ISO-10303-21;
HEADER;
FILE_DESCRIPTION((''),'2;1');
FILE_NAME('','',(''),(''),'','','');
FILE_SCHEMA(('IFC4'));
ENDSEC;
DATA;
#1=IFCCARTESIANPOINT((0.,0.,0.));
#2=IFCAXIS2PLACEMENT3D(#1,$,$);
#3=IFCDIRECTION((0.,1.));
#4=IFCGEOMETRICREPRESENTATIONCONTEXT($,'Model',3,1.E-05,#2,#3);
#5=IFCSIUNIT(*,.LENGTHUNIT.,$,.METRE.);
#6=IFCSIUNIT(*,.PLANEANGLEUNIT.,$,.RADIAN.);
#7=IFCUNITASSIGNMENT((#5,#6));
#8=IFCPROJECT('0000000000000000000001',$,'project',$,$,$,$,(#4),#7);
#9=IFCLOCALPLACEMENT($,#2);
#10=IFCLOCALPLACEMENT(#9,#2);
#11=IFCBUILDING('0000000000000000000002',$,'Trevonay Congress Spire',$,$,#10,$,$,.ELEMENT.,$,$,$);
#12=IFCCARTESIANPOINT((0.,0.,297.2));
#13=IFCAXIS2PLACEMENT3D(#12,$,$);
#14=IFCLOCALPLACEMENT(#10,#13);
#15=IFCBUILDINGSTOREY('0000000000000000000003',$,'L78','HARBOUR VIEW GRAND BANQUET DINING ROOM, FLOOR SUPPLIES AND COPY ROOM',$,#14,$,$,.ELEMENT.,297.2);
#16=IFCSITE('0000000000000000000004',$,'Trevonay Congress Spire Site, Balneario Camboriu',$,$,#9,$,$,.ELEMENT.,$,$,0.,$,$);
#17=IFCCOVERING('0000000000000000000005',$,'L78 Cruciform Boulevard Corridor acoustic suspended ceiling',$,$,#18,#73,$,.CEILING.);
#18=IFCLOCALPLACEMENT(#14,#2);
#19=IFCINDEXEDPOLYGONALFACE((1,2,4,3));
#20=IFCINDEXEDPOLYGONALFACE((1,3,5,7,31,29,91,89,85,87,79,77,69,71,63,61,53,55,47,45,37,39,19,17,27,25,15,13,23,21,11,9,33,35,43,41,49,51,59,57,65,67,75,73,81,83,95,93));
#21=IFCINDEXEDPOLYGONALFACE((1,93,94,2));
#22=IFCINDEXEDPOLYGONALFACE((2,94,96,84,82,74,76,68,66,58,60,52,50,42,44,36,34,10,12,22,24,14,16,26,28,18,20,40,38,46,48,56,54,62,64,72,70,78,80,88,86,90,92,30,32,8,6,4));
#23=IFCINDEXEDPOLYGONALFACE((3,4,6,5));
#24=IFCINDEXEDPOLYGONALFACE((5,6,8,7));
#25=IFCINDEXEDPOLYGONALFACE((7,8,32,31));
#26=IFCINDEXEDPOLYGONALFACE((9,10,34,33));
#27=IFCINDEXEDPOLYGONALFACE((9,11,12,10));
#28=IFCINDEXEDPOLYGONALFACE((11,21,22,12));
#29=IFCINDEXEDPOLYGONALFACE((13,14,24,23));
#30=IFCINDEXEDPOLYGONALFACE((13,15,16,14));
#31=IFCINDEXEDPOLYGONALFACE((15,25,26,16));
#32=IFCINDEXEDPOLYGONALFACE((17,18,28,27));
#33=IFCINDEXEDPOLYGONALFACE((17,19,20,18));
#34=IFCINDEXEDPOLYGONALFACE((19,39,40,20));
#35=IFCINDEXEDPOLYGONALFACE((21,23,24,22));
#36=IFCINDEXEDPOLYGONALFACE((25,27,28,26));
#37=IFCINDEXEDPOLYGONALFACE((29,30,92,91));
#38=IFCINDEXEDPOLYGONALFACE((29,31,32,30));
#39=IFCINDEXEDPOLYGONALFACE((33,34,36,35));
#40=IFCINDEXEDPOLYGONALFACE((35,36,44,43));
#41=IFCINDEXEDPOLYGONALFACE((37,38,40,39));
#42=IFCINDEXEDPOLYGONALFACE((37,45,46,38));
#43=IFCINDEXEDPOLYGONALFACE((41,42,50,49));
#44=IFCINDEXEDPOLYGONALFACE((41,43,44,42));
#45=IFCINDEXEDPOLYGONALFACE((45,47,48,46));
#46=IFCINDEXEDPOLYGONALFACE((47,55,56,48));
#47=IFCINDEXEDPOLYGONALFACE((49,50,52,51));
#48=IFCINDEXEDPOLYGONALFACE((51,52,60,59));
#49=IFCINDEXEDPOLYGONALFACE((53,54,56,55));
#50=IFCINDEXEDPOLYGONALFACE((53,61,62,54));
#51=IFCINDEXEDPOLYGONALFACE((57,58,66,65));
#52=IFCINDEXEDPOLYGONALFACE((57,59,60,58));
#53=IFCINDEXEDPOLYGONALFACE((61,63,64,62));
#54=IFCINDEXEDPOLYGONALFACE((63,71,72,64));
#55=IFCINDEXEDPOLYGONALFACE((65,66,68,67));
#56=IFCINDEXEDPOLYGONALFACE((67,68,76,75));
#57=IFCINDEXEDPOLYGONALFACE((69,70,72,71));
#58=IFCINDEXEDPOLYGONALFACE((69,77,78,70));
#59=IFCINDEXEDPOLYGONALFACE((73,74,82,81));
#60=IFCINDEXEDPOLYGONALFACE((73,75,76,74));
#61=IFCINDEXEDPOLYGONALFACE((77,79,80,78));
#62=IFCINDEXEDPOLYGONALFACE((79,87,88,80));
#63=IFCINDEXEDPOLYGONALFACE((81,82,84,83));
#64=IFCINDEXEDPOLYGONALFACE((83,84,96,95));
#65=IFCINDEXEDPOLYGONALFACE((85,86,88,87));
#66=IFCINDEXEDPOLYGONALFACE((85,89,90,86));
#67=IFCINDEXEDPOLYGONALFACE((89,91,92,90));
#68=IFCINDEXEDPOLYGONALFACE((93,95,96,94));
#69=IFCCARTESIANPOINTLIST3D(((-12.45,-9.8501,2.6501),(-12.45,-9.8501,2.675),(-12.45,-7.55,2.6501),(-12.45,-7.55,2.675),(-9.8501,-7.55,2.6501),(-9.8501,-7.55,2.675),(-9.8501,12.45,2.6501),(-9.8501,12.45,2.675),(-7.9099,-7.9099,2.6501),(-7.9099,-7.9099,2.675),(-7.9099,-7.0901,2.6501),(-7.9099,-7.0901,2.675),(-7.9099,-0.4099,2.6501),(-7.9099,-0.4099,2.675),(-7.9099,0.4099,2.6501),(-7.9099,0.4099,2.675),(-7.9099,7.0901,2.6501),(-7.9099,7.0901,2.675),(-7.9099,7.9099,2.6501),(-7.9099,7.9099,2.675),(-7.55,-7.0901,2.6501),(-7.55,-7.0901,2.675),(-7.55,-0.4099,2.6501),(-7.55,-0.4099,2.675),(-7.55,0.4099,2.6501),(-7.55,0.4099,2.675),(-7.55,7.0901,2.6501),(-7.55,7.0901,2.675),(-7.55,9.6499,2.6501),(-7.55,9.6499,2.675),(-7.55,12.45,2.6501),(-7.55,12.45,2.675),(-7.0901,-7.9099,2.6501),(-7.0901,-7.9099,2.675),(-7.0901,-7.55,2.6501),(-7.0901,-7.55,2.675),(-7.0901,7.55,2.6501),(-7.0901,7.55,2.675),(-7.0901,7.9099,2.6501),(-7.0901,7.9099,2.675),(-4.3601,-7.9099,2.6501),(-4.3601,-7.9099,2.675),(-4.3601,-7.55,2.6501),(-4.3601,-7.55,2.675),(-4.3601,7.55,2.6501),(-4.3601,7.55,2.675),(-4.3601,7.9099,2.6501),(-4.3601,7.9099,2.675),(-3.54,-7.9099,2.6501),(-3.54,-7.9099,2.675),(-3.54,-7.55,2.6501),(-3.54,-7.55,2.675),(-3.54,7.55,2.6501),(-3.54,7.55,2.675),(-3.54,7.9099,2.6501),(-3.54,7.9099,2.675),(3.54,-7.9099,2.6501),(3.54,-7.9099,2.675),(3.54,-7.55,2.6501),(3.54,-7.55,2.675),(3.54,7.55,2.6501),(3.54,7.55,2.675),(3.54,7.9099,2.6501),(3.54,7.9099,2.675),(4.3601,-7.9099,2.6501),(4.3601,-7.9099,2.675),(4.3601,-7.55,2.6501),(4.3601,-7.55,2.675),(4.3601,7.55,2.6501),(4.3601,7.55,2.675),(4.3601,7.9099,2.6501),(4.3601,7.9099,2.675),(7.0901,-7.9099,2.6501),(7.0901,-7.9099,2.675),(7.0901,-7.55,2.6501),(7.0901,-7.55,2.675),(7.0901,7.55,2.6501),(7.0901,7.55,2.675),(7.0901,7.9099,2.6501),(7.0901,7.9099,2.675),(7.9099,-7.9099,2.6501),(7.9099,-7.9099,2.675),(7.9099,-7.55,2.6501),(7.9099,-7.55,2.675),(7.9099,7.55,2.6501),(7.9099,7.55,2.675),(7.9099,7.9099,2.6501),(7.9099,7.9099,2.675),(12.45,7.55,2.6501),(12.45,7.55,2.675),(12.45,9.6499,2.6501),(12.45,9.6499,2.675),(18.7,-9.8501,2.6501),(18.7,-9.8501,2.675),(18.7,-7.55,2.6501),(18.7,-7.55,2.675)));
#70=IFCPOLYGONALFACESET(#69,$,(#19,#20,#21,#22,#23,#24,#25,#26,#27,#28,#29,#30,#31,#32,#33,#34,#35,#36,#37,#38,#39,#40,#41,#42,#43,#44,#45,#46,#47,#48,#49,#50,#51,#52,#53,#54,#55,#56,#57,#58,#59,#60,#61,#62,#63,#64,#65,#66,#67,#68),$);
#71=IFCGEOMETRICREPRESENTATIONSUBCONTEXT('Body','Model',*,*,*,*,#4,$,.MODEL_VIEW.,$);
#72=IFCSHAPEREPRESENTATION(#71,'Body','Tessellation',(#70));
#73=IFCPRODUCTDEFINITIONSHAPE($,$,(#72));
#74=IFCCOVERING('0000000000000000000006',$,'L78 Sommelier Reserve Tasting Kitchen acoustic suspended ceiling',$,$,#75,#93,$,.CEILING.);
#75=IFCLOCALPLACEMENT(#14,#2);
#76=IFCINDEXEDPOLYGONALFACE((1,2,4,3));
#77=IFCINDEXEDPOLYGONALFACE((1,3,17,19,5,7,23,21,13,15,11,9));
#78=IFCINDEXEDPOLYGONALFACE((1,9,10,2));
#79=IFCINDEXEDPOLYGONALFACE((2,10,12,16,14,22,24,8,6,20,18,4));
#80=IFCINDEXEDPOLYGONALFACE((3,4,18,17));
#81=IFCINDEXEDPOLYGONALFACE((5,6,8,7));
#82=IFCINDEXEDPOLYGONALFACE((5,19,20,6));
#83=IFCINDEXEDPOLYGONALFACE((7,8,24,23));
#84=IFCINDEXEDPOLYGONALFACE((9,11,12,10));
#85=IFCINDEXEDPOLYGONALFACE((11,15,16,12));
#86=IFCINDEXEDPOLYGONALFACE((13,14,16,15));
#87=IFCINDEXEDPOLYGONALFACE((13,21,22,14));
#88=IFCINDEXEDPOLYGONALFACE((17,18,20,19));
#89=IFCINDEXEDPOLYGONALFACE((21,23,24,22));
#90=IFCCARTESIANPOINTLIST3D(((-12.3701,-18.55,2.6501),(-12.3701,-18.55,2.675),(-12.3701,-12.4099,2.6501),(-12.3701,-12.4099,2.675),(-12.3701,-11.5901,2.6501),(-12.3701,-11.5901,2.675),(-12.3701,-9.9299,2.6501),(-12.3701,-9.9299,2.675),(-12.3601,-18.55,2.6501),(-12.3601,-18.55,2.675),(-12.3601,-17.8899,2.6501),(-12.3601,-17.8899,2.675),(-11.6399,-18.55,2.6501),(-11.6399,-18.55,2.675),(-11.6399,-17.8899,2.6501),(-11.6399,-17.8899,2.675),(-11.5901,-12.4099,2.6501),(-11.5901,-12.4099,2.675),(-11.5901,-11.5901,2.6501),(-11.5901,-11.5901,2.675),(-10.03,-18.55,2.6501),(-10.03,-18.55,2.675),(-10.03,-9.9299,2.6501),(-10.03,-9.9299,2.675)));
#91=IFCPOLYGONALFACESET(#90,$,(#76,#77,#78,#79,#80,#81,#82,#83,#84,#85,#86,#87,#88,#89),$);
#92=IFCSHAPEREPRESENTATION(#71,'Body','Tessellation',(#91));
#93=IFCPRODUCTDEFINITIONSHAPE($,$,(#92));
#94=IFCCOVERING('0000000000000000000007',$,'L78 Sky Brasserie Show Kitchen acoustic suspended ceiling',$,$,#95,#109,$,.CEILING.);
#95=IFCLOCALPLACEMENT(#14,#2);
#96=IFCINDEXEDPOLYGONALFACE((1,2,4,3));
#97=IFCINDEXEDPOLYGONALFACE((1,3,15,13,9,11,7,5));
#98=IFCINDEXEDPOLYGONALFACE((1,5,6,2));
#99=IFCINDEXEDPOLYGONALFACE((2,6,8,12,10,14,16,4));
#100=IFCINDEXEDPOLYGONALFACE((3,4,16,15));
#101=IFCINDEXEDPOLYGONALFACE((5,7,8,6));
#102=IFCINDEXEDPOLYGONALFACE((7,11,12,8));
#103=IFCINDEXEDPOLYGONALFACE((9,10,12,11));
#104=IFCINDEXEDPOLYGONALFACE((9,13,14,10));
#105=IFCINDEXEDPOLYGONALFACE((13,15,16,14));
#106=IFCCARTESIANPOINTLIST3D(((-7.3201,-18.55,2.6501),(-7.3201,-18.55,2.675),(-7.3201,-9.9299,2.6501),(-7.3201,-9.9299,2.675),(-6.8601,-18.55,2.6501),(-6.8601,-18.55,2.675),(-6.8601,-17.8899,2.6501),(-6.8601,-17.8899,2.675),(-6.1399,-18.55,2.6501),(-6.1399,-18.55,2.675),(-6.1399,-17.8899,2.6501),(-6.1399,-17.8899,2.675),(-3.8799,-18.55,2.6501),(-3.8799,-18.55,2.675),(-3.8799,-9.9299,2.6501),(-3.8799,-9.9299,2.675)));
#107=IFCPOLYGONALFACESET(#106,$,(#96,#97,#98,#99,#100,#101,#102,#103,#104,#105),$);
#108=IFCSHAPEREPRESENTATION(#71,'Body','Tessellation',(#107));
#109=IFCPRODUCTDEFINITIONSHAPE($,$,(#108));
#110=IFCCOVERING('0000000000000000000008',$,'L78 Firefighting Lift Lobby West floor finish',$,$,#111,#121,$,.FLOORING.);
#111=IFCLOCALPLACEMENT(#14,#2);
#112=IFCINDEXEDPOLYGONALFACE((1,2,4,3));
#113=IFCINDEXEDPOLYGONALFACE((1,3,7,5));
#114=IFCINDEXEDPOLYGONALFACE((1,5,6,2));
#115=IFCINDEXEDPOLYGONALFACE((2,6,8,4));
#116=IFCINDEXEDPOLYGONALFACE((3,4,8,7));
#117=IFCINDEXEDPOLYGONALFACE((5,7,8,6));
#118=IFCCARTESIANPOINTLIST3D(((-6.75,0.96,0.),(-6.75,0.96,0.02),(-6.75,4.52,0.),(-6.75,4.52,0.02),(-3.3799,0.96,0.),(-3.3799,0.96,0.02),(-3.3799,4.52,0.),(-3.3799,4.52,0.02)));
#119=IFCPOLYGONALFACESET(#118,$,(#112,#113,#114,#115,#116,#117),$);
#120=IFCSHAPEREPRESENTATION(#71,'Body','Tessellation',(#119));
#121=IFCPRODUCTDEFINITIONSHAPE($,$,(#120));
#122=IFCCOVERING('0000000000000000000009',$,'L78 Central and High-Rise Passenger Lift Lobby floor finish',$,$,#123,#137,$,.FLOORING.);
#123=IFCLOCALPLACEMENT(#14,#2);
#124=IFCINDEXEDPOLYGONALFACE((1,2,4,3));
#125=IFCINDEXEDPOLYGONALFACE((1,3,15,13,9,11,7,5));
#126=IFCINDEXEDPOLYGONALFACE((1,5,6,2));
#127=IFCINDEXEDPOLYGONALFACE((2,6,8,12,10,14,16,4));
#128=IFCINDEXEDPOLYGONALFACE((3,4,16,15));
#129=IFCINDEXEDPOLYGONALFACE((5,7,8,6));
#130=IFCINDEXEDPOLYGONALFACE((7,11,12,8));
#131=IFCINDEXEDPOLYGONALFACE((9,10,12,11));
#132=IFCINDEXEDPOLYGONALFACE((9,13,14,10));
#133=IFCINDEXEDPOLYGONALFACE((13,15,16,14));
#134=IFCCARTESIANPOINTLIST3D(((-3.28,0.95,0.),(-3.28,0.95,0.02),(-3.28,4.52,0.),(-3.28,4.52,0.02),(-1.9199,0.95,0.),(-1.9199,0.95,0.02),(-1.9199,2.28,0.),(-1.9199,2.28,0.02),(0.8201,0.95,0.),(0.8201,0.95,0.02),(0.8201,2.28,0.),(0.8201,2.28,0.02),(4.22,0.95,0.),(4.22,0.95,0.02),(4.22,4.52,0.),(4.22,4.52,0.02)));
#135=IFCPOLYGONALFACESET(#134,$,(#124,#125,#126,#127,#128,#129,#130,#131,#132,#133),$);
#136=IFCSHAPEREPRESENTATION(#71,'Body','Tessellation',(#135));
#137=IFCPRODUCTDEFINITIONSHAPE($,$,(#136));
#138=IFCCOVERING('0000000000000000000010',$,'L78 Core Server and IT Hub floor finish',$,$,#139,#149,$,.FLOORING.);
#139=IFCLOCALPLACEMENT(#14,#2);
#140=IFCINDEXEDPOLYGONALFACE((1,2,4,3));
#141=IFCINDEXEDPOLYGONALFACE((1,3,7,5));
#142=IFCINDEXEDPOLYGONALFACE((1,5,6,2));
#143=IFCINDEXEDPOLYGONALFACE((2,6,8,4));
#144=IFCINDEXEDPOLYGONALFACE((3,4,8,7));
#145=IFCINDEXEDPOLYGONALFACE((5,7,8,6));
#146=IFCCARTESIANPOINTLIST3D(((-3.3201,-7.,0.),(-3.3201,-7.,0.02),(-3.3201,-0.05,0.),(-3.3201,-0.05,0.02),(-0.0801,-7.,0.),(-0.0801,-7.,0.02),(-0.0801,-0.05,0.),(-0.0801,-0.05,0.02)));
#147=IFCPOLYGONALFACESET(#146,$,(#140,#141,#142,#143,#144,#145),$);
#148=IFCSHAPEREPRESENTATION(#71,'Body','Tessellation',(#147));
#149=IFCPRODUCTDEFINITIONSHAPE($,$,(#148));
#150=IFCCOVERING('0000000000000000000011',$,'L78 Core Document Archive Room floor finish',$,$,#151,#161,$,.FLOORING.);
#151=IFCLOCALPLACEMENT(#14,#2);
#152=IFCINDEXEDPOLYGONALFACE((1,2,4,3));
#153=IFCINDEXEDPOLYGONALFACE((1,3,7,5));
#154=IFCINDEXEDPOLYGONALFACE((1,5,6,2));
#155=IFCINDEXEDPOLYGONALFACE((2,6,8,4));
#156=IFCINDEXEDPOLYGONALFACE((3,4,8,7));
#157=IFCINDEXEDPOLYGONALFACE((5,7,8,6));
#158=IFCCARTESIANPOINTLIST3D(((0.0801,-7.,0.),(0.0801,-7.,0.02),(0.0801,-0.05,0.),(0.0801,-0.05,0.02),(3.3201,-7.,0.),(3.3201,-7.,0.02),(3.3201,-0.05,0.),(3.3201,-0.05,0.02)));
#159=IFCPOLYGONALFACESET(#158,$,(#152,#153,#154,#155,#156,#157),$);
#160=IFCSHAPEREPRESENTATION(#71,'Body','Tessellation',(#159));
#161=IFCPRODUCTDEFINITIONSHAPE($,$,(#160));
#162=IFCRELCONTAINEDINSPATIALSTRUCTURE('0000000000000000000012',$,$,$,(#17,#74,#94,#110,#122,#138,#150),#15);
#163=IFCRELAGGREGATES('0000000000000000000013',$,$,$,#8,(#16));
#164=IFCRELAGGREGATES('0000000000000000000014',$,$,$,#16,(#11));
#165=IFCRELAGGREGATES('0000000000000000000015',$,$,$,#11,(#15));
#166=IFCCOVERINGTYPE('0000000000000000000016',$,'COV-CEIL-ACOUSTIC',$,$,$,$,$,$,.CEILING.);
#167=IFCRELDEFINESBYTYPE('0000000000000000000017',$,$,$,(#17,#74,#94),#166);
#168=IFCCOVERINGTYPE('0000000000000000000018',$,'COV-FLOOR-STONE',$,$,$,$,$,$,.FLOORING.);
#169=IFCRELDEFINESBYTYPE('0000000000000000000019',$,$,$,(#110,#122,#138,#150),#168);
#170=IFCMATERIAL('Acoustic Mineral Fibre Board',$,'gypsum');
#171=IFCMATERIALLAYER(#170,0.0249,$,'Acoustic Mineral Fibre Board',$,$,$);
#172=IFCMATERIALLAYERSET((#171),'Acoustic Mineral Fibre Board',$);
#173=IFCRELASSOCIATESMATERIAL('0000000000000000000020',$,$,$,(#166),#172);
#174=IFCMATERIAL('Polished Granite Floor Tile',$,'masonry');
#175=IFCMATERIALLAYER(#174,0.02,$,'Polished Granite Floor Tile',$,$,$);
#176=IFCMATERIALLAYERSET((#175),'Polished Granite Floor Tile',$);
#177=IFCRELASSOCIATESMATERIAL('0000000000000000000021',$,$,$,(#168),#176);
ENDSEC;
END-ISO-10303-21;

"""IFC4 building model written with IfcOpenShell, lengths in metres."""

from ifc_helpers import new_model, si_unit, direction, frame, origin, place, context, subcontext, project, spatial, polyline, outline, extrude, material, layer, layer_set, type_object, element, save


model = new_model("IFC4")

# Units and contexts
model_context = context("Model", 3, precision=1e-05, world=origin(), true_north=direction((0.0, 1.0)))
body_context = subcontext(model_context, "Body", "Model", "MODEL_VIEW")
ifc_project = project(units=[si_unit("LENGTHUNIT", "METRE"), si_unit("PLANEANGLEUNIT", "RADIAN")], contexts=[model_context])

# Site, building, storey
site_placement = place(None, origin())
site = spatial("IfcSite", under=ifc_project, at=site_placement, Name="Trevonay Congress Spire Site, Balneario Camboriu", CompositionType="ELEMENT", RefElevation=0.0)
building_placement = place(site_placement, origin())
building = spatial("IfcBuilding", under=site, at=building_placement, Name="Trevonay Congress Spire", CompositionType="ELEMENT")
storey_placement = place(building_placement, frame((0.0, 0.0, 297.2)))
storey = spatial("IfcBuildingStorey", under=building, at=storey_placement, Name="L78", Description="HARBOUR VIEW GRAND BANQUET DINING ROOM, FLOOR SUPPLIES AND COPY ROOM", CompositionType="ELEMENT", Elevation=297.2)

# Coverings
ifc_material_1 = material(Name="Acoustic Mineral Fibre Board", Category="gypsum")
ifc_layer_1 = layer(ifc_material_1, 0.0249, Name="Acoustic Mineral Fibre Board")
ifc_layer_set_1 = layer_set([ifc_layer_1], Name="Acoustic Mineral Fibre Board")
covering_type_1 = type_object("IfcCoveringType", Name="COV-CEIL-ACOUSTIC", PredefinedType="CEILING", material=ifc_layer_set_1)
covering_1_placement = place(storey_placement, frame((0.0, 0.0, 2.6501)))
element("IfcCovering", 1, at=covering_1_placement, inside=storey, type_object=covering_type_1, Name="L78 Cruciform Boulevard Corridor acoustic suspended ceiling", PredefinedType="CEILING", context=body_context, shape_type="SweptSolid", body=[
    extrude(outline(polyline([(18.7, -7.55), (18.7, -9.8501), (-12.45, -9.8501), (-12.45, -7.55), (-9.8501, -7.55), (-9.8501, 12.45), (-7.55, 12.45), (-7.55, 9.6499), (12.45, 9.6499), (12.45, 7.55), (7.9099, 7.55), (7.9099, 7.9099), (7.0901, 7.9099), (7.0901, 7.55), (4.3601, 7.55), (4.3601, 7.9099), (3.54, 7.9099), (3.54, 7.55), (-3.54, 7.55), (-3.54, 7.9099), (-4.3601, 7.9099), (-4.3601, 7.55), (-7.0901, 7.55), (-7.0901, 7.9099), (-7.9099, 7.9099), (-7.9099, 7.0901), (-7.55, 7.0901), (-7.55, 0.4099), (-7.9099, 0.4099), (-7.9099, -0.4099), (-7.55, -0.4099), (-7.55, -7.0901), (-7.9099, -7.0901), (-7.9099, -7.9099), (-7.0901, -7.9099), (-7.0901, -7.55), (-4.3601, -7.55), (-4.3601, -7.9099), (-3.54, -7.9099), (-3.54, -7.55), (3.54, -7.55), (3.54, -7.9099), (4.3601, -7.9099), (4.3601, -7.55), (7.0901, -7.55), (7.0901, -7.9099), (7.9099, -7.9099), (7.9099, -7.55), (18.7, -7.55)])), origin(), (0.0, 0.0, 1.0), 0.0249),
])
covering_2_placement = place(storey_placement, frame((0.0, 0.0, 2.6501)))
element("IfcCovering", 2, at=covering_2_placement, inside=storey, type_object=covering_type_1, Name="L78 Sommelier Reserve Tasting Kitchen acoustic suspended ceiling", PredefinedType="CEILING", context=body_context, shape_type="SweptSolid", body=[
    extrude(outline(polyline([(-12.3701, -18.55), (-12.3701, -12.4099), (-11.5901, -12.4099), (-11.5901, -11.5901), (-12.3701, -11.5901), (-12.3701, -9.9299), (-10.03, -9.9299), (-10.03, -18.55), (-11.6399, -18.55), (-11.6399, -17.8899), (-12.3601, -17.8899), (-12.3601, -18.55), (-12.3701, -18.55)])), origin(), (0.0, 0.0, 1.0), 0.0249),
])
covering_3_placement = place(storey_placement, frame((0.0, 0.0, 2.6501)))
element("IfcCovering", 3, at=covering_3_placement, inside=storey, type_object=covering_type_1, Name="L78 Sky Brasserie Show Kitchen acoustic suspended ceiling", PredefinedType="CEILING", context=body_context, shape_type="SweptSolid", body=[
    extrude(outline(polyline([(-7.3201, -18.55), (-7.3201, -9.9299), (-3.8799, -9.9299), (-3.8799, -18.55), (-6.1399, -18.55), (-6.1399, -17.8899), (-6.8601, -17.8899), (-6.8601, -18.55), (-7.3201, -18.55)])), origin(), (0.0, 0.0, 1.0), 0.0249),
])
ifc_material_2 = material(Name="Polished Granite Floor Tile", Category="masonry")
ifc_layer_2 = layer(ifc_material_2, 0.02, Name="Polished Granite Floor Tile")
ifc_layer_set_2 = layer_set([ifc_layer_2], Name="Polished Granite Floor Tile")
covering_type_2 = type_object("IfcCoveringType", Name="COV-FLOOR-STONE", PredefinedType="FLOORING", material=ifc_layer_set_2)
covering_4_placement = place(storey_placement, origin())
element("IfcCovering", 4, at=covering_4_placement, inside=storey, type_object=covering_type_2, Name="L78 Firefighting Lift Lobby West floor finish", PredefinedType="FLOORING", context=body_context, shape_type="SweptSolid", body=[
    extrude(outline(polyline([(-6.75, 0.96), (-3.3799, 0.96), (-3.3799, 4.52), (-6.75, 4.52), (-6.75, 0.96)])), origin(), (0.0, 0.0, 1.0), 0.02),
])
covering_5_placement = place(storey_placement, origin())
element("IfcCovering", 5, at=covering_5_placement, inside=storey, type_object=covering_type_2, Name="L78 Central and High-Rise Passenger Lift Lobby floor finish", PredefinedType="FLOORING", context=body_context, shape_type="SweptSolid", body=[
    extrude(outline(polyline([(-3.28, 0.95), (-1.9199, 0.95), (-1.9199, 2.28), (0.8201, 2.28), (0.8201, 0.95), (4.22, 0.95), (4.22, 4.52), (-3.28, 4.52), (-3.28, 0.95)])), origin(), (0.0, 0.0, 1.0), 0.02),
])
covering_6_placement = place(storey_placement, origin())
element("IfcCovering", 6, at=covering_6_placement, inside=storey, type_object=covering_type_2, Name="L78 Core Server and IT Hub floor finish", PredefinedType="FLOORING", context=body_context, shape_type="SweptSolid", body=[
    extrude(outline(polyline([(-3.3201, -7.0), (-0.0801, -7.0), (-0.0801, -0.05), (-3.3201, -0.05), (-3.3201, -7.0)])), origin(), (0.0, 0.0, 1.0), 0.02),
])
covering_7_placement = place(storey_placement, origin())
element("IfcCovering", 7, at=covering_7_placement, inside=storey, type_object=covering_type_2, Name="L78 Core Document Archive Room floor finish", PredefinedType="FLOORING", context=body_context, shape_type="SweptSolid", body=[
    extrude(outline(polyline([(0.0801, -7.0), (3.3201, -7.0), (3.3201, -0.05), (0.0801, -0.05), (0.0801, -7.0)])), origin(), (0.0, 0.0, 1.0), 0.02),
])

save(model, "model.ifc")
